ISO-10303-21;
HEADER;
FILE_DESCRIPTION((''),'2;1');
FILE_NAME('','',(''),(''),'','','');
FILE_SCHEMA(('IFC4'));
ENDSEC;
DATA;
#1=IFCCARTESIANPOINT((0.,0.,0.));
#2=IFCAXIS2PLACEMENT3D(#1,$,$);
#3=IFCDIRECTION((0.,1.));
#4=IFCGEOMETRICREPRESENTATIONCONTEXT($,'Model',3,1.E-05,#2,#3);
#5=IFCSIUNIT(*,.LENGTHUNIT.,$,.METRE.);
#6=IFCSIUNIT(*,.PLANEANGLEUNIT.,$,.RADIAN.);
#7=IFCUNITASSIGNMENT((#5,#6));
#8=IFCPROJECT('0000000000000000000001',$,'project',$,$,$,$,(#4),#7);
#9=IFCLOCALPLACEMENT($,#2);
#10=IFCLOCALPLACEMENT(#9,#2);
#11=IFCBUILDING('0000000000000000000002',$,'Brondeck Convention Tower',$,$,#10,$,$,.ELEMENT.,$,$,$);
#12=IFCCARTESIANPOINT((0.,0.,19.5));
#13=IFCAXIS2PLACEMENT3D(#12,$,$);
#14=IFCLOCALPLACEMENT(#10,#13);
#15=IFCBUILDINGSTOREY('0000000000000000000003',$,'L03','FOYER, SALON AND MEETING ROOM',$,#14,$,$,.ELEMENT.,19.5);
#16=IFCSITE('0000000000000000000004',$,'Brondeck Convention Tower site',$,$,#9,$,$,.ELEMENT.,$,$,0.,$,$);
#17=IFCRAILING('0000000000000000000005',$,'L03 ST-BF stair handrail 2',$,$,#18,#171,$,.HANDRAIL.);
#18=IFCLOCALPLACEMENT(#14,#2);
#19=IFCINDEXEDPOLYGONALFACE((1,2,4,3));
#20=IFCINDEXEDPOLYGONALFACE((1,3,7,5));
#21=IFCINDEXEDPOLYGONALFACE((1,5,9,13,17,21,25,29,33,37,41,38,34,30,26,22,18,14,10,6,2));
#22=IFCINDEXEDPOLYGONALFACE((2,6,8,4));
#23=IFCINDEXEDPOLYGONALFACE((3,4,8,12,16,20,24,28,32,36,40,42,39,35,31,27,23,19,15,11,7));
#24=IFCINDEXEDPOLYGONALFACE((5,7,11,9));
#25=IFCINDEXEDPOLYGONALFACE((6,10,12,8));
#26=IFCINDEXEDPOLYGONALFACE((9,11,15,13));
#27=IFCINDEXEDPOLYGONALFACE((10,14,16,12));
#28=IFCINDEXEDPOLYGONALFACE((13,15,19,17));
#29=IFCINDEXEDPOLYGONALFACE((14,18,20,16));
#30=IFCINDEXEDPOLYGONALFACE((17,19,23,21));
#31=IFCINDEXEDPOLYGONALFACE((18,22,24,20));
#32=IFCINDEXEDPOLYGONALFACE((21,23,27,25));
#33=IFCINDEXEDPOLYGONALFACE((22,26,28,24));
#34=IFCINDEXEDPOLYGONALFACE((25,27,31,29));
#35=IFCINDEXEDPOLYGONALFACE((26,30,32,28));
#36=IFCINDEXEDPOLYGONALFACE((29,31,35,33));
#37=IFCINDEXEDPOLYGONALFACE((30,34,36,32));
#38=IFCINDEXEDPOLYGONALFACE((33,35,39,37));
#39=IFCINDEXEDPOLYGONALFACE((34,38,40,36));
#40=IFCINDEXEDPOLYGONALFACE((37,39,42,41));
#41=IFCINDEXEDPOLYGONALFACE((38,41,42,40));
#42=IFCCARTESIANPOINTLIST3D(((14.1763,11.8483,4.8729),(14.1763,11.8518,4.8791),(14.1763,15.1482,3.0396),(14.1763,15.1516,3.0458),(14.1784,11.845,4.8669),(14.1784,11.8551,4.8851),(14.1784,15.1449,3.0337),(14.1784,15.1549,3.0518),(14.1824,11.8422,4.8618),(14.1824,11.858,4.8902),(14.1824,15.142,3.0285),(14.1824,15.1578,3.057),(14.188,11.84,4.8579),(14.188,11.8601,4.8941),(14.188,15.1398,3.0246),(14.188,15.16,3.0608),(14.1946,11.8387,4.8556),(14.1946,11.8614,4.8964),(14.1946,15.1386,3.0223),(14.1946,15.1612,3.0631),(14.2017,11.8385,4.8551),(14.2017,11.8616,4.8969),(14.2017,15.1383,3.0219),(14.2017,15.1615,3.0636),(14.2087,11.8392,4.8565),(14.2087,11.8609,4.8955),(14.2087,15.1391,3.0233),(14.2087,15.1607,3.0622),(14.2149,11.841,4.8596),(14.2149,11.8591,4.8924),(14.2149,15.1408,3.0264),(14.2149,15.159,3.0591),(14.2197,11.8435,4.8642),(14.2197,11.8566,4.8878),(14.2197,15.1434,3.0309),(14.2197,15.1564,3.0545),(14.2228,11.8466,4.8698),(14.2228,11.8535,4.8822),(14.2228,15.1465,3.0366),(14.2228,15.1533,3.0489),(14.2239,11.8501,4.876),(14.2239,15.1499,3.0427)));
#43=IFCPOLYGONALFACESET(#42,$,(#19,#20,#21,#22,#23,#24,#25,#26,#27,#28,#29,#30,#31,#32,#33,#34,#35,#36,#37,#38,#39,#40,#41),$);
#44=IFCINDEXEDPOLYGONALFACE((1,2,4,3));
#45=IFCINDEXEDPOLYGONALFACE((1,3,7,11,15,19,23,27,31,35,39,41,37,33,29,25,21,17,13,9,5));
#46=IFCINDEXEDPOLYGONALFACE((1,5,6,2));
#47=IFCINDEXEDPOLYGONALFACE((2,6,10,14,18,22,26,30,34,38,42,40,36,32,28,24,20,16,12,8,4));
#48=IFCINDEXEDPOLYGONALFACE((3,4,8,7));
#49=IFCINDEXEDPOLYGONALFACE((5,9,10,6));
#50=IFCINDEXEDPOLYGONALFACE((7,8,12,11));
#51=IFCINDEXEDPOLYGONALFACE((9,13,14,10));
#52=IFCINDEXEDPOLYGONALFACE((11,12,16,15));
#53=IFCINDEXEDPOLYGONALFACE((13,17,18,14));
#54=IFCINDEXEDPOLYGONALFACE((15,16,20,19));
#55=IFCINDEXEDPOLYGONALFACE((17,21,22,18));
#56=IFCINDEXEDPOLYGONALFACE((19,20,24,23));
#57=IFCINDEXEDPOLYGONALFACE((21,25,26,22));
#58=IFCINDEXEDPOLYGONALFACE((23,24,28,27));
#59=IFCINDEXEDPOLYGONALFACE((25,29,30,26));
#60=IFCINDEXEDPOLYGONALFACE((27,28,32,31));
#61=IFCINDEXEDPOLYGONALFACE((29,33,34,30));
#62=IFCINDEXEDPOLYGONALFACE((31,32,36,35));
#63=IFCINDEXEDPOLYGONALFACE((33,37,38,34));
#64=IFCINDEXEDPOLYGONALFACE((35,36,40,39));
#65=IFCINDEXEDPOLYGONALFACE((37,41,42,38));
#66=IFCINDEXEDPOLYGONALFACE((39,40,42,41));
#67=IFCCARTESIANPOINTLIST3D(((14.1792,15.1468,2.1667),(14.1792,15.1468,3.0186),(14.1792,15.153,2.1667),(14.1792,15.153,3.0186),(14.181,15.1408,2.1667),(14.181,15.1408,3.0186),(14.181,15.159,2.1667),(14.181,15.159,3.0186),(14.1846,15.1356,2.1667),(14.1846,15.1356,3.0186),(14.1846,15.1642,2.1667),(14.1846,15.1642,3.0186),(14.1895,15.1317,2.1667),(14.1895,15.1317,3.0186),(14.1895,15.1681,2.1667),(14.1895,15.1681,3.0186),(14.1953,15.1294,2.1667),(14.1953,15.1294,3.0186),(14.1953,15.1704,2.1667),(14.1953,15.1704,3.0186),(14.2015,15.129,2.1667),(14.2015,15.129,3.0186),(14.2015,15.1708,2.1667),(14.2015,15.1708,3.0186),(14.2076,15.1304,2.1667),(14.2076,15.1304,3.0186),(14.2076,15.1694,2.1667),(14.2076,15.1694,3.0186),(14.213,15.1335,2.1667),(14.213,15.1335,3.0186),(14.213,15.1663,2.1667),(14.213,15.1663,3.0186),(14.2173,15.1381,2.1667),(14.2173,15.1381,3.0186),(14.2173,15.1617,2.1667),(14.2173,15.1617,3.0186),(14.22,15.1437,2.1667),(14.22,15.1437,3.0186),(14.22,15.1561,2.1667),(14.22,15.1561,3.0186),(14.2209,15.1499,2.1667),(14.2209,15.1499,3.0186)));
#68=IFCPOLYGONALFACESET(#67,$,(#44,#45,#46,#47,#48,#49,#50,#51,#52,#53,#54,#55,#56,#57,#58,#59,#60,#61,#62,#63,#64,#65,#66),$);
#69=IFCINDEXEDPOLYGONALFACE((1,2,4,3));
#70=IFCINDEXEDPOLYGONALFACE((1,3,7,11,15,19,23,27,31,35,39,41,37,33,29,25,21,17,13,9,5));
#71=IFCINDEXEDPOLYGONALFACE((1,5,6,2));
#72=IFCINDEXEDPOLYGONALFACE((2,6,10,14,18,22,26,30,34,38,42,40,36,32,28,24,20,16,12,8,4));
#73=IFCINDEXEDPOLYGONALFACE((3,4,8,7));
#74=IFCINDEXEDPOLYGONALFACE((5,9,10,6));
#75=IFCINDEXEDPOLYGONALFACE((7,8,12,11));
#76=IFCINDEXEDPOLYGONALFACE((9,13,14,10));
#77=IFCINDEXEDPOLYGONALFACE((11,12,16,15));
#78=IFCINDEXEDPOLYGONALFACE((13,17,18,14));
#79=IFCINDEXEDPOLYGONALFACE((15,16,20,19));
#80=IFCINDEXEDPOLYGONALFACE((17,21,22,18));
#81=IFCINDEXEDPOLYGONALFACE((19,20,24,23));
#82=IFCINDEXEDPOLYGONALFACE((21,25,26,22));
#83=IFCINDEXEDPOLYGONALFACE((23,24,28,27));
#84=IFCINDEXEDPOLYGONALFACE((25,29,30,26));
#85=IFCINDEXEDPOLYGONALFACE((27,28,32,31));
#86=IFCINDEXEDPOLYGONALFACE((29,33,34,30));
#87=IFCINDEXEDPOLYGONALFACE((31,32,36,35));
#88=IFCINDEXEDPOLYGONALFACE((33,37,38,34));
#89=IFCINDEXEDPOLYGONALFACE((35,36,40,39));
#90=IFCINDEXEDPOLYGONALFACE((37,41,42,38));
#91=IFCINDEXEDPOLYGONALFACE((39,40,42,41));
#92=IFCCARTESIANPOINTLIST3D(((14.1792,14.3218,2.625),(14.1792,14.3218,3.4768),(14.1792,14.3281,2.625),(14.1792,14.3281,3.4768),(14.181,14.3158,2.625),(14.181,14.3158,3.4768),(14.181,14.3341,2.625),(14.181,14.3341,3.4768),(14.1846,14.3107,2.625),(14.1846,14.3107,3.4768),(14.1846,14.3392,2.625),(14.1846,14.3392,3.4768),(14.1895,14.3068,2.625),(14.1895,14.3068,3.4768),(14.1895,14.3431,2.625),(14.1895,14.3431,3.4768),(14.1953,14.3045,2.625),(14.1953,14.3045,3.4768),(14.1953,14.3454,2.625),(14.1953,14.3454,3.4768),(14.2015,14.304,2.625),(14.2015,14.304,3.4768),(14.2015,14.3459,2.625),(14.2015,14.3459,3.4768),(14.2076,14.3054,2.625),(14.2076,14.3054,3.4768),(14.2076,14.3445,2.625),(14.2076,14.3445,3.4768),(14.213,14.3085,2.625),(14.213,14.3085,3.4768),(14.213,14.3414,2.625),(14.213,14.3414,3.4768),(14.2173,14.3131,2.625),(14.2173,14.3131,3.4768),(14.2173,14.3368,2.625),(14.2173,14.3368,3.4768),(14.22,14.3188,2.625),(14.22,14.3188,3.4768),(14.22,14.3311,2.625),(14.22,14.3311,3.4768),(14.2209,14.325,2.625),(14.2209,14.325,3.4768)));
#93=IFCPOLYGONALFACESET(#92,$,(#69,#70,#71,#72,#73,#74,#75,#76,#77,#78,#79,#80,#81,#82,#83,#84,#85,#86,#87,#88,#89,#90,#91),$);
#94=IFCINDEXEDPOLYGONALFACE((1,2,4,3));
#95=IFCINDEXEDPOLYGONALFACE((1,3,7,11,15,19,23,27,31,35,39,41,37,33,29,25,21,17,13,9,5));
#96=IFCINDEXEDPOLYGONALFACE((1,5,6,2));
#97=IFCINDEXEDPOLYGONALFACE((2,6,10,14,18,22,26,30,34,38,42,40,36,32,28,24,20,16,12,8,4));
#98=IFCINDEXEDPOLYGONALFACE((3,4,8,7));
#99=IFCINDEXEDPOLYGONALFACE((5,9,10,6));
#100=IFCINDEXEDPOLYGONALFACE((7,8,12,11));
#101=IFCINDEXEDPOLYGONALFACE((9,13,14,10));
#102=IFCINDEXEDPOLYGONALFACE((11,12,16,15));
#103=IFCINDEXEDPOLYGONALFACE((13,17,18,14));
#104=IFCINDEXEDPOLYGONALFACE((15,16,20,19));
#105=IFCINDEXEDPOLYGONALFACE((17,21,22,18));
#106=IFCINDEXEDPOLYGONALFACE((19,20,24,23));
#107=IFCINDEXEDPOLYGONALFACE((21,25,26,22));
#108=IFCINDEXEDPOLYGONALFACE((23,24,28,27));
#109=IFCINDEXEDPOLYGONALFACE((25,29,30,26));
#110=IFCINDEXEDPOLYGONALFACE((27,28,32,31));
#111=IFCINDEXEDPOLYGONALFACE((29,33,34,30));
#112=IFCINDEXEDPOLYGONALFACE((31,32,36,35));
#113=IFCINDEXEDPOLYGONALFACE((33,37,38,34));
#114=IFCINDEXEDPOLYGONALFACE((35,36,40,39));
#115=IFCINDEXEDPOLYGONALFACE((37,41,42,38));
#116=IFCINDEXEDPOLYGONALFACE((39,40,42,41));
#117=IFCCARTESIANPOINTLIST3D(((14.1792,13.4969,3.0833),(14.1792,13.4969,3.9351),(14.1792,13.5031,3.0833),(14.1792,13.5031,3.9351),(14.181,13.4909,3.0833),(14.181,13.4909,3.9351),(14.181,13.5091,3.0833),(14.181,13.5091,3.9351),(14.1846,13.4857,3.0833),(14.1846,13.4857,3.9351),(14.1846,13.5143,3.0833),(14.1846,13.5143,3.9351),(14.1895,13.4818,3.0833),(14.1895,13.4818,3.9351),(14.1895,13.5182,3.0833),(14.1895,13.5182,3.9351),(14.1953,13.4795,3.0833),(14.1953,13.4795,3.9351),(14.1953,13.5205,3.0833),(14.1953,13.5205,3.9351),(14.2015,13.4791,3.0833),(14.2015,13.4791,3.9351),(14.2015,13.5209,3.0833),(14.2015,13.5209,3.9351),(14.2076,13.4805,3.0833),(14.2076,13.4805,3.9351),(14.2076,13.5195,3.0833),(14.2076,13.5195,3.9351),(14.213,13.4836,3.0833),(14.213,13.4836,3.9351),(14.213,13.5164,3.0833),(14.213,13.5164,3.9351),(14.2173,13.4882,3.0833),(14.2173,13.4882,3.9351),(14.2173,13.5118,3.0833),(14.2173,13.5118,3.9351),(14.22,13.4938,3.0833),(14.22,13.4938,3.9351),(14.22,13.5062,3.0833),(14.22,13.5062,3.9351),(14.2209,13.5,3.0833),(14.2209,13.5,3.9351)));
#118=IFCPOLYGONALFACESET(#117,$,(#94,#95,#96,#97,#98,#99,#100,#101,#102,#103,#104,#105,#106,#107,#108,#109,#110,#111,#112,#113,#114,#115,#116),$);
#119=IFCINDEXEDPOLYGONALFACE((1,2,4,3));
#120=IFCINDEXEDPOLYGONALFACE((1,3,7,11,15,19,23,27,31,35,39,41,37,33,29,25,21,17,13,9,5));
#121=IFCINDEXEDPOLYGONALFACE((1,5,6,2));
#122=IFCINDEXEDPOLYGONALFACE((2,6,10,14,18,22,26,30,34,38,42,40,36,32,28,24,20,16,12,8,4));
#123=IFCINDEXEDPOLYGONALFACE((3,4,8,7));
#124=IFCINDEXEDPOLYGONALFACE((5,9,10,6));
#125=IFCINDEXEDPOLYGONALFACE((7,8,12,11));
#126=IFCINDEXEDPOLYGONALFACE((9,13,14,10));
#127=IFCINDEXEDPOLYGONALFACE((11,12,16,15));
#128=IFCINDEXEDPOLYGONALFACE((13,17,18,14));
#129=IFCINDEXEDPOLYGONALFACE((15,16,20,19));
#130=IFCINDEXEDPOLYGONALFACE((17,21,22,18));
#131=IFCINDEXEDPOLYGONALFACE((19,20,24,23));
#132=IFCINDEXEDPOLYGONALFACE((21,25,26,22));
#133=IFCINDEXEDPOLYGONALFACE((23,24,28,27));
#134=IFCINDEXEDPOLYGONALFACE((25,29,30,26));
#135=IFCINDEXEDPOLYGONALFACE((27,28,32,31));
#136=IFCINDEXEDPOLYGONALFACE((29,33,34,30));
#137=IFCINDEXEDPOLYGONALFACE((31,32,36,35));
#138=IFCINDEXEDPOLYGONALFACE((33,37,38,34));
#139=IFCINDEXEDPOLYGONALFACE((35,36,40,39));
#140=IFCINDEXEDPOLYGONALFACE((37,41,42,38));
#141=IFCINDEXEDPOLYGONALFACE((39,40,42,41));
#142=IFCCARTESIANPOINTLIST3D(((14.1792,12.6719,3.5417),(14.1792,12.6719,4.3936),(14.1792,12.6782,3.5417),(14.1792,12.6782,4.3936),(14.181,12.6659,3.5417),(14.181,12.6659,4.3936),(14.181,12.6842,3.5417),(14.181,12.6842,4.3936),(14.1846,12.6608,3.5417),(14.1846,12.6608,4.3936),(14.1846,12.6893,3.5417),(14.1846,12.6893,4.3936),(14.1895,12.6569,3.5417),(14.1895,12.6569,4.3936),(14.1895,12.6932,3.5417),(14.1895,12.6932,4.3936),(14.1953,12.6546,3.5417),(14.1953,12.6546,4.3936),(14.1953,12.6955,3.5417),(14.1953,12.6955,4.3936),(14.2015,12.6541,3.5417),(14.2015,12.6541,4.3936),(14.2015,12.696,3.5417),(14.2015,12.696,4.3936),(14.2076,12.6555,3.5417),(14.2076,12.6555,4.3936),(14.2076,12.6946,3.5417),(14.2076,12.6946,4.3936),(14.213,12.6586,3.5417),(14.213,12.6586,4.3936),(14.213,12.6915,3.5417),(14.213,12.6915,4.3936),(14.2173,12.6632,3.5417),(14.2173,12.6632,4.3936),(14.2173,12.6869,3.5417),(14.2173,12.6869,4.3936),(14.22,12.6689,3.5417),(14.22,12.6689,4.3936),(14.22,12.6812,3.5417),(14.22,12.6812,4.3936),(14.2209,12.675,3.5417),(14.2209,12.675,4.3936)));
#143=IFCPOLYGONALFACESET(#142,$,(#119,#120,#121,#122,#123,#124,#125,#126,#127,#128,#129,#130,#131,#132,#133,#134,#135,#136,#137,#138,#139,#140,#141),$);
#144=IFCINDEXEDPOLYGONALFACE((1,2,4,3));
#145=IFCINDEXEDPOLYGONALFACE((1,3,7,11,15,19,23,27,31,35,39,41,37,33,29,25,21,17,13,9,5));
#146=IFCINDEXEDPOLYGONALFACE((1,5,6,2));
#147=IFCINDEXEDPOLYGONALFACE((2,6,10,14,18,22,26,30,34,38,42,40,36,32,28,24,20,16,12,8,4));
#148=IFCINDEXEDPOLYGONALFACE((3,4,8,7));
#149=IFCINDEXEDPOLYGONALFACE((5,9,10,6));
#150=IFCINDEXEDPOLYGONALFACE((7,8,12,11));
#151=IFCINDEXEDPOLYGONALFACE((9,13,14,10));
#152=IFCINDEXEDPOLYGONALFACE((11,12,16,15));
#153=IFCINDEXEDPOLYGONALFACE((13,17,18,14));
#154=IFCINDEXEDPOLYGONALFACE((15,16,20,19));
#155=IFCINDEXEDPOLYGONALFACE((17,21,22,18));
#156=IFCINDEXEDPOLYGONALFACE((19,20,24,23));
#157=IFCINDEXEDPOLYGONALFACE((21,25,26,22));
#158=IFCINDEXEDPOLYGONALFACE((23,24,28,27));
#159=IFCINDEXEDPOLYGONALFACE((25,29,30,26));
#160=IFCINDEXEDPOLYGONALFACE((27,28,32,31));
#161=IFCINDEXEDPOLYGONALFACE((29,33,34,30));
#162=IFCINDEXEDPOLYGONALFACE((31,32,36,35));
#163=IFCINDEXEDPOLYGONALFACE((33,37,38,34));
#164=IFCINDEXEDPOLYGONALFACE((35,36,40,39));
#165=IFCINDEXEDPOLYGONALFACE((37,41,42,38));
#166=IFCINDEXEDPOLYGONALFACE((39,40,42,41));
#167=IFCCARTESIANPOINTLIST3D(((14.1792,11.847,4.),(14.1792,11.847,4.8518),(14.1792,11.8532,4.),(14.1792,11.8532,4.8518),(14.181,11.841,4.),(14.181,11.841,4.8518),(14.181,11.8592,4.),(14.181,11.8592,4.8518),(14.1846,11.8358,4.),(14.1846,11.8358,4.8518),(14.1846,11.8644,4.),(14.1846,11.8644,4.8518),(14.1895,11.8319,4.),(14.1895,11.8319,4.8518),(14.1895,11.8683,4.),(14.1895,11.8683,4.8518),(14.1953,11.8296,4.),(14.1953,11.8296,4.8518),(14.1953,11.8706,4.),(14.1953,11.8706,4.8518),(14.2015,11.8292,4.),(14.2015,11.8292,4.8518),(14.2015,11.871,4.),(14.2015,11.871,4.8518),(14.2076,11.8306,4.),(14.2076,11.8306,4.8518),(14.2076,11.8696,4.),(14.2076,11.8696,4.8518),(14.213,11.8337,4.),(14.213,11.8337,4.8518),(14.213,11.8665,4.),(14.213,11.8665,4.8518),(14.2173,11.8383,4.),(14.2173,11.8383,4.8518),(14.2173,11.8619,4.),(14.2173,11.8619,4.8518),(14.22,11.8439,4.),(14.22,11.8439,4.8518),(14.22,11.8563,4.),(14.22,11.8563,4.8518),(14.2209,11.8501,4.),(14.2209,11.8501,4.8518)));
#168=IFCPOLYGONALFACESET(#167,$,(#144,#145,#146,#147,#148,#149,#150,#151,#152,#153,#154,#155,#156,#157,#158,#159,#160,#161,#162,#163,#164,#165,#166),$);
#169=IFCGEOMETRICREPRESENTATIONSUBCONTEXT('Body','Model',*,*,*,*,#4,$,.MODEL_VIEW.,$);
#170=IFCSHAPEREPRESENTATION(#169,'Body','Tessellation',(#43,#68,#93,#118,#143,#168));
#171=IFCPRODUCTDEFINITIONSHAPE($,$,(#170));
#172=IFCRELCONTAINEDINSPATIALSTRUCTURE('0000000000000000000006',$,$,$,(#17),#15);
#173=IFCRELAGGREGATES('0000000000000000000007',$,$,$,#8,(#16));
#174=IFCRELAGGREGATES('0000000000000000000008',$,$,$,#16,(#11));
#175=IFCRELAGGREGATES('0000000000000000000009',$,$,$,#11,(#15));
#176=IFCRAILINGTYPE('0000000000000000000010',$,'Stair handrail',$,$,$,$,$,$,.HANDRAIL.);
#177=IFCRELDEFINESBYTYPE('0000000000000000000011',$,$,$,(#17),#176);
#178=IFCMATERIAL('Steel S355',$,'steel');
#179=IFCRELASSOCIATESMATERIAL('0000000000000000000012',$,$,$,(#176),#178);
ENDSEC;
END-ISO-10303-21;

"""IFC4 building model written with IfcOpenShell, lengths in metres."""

from ifc_helpers import new_model, si_unit, direction, frame, origin, origin_2d, place, context, subcontext, project, spatial, circle, extrude, material, type_object, element, save


model = new_model("IFC4")

# Units and contexts
model_context = context("Model", 3, precision=1e-05, world=origin(), true_north=direction((0.0, 1.0)))
body_context = subcontext(model_context, "Body", "Model", "MODEL_VIEW")
ifc_project = project(units=[si_unit("LENGTHUNIT", "METRE"), si_unit("PLANEANGLEUNIT", "RADIAN")], contexts=[model_context])

# Site, building, storey
site_placement = place(None, origin())
site = spatial("IfcSite", under=ifc_project, at=site_placement, Name="Brondeck Convention Tower site", CompositionType="ELEMENT", RefElevation=0.0)
building_placement = place(site_placement, origin())
building = spatial("IfcBuilding", under=site, at=building_placement, Name="Brondeck Convention Tower", CompositionType="ELEMENT")
storey_placement = place(building_placement, frame((0.0, 0.0, 19.5)))
storey = spatial("IfcBuildingStorey", under=building, at=storey_placement, Name="L03", Description="FOYER, SALON AND MEETING ROOM", CompositionType="ELEMENT", Elevation=19.5)

# Shared definitions
ifc_material_1 = material(Name="Steel S355", Category="steel")

# Railing
railing_type_1 = type_object("IfcRailingType", Name="Stair handrail", PredefinedType="HANDRAIL", material=ifc_material_1)
railing_1_placement = place(storey_placement, frame((14.2, 15.1499, 2.1667)))
element("IfcRailing", 1, at=railing_1_placement, inside=storey, type_object=railing_type_1, Name="L03 ST-BF stair handrail 2", PredefinedType="HANDRAIL", context=body_context, shape_type="SweptSolid", body=[
    extrude(circle(Radius=0.0239, at=origin_2d()), frame((0.0, 0.0, 0.876), z_axis=(0.0, -0.874154, 0.485648), x_axis=(1.0, 0.0, 0.0)), (0.0, 0.0, 1.0), 3.7749),
    extrude(circle(Radius=0.021, at=origin_2d()), origin(), (0.0, 0.0, 1.0), 0.8518),
    extrude(circle(Radius=0.021, at=origin_2d()), frame((0.0, -0.825, 0.4583)), (0.0, 0.0, 1.0), 0.8518),
    extrude(circle(Radius=0.021, at=origin_2d()), frame((0.0, -1.6499, 0.9165)), (0.0, 0.0, 1.0), 0.8518),
    extrude(circle(Radius=0.021, at=origin_2d()), frame((0.0, -2.4749, 1.375)), (0.0, 0.0, 1.0), 0.8518),
    extrude(circle(Radius=0.021, at=origin_2d()), frame((0.0, -3.2998, 1.8333)), (0.0, 0.0, 1.0), 0.8518),
])

save(model, "model.ifc")
